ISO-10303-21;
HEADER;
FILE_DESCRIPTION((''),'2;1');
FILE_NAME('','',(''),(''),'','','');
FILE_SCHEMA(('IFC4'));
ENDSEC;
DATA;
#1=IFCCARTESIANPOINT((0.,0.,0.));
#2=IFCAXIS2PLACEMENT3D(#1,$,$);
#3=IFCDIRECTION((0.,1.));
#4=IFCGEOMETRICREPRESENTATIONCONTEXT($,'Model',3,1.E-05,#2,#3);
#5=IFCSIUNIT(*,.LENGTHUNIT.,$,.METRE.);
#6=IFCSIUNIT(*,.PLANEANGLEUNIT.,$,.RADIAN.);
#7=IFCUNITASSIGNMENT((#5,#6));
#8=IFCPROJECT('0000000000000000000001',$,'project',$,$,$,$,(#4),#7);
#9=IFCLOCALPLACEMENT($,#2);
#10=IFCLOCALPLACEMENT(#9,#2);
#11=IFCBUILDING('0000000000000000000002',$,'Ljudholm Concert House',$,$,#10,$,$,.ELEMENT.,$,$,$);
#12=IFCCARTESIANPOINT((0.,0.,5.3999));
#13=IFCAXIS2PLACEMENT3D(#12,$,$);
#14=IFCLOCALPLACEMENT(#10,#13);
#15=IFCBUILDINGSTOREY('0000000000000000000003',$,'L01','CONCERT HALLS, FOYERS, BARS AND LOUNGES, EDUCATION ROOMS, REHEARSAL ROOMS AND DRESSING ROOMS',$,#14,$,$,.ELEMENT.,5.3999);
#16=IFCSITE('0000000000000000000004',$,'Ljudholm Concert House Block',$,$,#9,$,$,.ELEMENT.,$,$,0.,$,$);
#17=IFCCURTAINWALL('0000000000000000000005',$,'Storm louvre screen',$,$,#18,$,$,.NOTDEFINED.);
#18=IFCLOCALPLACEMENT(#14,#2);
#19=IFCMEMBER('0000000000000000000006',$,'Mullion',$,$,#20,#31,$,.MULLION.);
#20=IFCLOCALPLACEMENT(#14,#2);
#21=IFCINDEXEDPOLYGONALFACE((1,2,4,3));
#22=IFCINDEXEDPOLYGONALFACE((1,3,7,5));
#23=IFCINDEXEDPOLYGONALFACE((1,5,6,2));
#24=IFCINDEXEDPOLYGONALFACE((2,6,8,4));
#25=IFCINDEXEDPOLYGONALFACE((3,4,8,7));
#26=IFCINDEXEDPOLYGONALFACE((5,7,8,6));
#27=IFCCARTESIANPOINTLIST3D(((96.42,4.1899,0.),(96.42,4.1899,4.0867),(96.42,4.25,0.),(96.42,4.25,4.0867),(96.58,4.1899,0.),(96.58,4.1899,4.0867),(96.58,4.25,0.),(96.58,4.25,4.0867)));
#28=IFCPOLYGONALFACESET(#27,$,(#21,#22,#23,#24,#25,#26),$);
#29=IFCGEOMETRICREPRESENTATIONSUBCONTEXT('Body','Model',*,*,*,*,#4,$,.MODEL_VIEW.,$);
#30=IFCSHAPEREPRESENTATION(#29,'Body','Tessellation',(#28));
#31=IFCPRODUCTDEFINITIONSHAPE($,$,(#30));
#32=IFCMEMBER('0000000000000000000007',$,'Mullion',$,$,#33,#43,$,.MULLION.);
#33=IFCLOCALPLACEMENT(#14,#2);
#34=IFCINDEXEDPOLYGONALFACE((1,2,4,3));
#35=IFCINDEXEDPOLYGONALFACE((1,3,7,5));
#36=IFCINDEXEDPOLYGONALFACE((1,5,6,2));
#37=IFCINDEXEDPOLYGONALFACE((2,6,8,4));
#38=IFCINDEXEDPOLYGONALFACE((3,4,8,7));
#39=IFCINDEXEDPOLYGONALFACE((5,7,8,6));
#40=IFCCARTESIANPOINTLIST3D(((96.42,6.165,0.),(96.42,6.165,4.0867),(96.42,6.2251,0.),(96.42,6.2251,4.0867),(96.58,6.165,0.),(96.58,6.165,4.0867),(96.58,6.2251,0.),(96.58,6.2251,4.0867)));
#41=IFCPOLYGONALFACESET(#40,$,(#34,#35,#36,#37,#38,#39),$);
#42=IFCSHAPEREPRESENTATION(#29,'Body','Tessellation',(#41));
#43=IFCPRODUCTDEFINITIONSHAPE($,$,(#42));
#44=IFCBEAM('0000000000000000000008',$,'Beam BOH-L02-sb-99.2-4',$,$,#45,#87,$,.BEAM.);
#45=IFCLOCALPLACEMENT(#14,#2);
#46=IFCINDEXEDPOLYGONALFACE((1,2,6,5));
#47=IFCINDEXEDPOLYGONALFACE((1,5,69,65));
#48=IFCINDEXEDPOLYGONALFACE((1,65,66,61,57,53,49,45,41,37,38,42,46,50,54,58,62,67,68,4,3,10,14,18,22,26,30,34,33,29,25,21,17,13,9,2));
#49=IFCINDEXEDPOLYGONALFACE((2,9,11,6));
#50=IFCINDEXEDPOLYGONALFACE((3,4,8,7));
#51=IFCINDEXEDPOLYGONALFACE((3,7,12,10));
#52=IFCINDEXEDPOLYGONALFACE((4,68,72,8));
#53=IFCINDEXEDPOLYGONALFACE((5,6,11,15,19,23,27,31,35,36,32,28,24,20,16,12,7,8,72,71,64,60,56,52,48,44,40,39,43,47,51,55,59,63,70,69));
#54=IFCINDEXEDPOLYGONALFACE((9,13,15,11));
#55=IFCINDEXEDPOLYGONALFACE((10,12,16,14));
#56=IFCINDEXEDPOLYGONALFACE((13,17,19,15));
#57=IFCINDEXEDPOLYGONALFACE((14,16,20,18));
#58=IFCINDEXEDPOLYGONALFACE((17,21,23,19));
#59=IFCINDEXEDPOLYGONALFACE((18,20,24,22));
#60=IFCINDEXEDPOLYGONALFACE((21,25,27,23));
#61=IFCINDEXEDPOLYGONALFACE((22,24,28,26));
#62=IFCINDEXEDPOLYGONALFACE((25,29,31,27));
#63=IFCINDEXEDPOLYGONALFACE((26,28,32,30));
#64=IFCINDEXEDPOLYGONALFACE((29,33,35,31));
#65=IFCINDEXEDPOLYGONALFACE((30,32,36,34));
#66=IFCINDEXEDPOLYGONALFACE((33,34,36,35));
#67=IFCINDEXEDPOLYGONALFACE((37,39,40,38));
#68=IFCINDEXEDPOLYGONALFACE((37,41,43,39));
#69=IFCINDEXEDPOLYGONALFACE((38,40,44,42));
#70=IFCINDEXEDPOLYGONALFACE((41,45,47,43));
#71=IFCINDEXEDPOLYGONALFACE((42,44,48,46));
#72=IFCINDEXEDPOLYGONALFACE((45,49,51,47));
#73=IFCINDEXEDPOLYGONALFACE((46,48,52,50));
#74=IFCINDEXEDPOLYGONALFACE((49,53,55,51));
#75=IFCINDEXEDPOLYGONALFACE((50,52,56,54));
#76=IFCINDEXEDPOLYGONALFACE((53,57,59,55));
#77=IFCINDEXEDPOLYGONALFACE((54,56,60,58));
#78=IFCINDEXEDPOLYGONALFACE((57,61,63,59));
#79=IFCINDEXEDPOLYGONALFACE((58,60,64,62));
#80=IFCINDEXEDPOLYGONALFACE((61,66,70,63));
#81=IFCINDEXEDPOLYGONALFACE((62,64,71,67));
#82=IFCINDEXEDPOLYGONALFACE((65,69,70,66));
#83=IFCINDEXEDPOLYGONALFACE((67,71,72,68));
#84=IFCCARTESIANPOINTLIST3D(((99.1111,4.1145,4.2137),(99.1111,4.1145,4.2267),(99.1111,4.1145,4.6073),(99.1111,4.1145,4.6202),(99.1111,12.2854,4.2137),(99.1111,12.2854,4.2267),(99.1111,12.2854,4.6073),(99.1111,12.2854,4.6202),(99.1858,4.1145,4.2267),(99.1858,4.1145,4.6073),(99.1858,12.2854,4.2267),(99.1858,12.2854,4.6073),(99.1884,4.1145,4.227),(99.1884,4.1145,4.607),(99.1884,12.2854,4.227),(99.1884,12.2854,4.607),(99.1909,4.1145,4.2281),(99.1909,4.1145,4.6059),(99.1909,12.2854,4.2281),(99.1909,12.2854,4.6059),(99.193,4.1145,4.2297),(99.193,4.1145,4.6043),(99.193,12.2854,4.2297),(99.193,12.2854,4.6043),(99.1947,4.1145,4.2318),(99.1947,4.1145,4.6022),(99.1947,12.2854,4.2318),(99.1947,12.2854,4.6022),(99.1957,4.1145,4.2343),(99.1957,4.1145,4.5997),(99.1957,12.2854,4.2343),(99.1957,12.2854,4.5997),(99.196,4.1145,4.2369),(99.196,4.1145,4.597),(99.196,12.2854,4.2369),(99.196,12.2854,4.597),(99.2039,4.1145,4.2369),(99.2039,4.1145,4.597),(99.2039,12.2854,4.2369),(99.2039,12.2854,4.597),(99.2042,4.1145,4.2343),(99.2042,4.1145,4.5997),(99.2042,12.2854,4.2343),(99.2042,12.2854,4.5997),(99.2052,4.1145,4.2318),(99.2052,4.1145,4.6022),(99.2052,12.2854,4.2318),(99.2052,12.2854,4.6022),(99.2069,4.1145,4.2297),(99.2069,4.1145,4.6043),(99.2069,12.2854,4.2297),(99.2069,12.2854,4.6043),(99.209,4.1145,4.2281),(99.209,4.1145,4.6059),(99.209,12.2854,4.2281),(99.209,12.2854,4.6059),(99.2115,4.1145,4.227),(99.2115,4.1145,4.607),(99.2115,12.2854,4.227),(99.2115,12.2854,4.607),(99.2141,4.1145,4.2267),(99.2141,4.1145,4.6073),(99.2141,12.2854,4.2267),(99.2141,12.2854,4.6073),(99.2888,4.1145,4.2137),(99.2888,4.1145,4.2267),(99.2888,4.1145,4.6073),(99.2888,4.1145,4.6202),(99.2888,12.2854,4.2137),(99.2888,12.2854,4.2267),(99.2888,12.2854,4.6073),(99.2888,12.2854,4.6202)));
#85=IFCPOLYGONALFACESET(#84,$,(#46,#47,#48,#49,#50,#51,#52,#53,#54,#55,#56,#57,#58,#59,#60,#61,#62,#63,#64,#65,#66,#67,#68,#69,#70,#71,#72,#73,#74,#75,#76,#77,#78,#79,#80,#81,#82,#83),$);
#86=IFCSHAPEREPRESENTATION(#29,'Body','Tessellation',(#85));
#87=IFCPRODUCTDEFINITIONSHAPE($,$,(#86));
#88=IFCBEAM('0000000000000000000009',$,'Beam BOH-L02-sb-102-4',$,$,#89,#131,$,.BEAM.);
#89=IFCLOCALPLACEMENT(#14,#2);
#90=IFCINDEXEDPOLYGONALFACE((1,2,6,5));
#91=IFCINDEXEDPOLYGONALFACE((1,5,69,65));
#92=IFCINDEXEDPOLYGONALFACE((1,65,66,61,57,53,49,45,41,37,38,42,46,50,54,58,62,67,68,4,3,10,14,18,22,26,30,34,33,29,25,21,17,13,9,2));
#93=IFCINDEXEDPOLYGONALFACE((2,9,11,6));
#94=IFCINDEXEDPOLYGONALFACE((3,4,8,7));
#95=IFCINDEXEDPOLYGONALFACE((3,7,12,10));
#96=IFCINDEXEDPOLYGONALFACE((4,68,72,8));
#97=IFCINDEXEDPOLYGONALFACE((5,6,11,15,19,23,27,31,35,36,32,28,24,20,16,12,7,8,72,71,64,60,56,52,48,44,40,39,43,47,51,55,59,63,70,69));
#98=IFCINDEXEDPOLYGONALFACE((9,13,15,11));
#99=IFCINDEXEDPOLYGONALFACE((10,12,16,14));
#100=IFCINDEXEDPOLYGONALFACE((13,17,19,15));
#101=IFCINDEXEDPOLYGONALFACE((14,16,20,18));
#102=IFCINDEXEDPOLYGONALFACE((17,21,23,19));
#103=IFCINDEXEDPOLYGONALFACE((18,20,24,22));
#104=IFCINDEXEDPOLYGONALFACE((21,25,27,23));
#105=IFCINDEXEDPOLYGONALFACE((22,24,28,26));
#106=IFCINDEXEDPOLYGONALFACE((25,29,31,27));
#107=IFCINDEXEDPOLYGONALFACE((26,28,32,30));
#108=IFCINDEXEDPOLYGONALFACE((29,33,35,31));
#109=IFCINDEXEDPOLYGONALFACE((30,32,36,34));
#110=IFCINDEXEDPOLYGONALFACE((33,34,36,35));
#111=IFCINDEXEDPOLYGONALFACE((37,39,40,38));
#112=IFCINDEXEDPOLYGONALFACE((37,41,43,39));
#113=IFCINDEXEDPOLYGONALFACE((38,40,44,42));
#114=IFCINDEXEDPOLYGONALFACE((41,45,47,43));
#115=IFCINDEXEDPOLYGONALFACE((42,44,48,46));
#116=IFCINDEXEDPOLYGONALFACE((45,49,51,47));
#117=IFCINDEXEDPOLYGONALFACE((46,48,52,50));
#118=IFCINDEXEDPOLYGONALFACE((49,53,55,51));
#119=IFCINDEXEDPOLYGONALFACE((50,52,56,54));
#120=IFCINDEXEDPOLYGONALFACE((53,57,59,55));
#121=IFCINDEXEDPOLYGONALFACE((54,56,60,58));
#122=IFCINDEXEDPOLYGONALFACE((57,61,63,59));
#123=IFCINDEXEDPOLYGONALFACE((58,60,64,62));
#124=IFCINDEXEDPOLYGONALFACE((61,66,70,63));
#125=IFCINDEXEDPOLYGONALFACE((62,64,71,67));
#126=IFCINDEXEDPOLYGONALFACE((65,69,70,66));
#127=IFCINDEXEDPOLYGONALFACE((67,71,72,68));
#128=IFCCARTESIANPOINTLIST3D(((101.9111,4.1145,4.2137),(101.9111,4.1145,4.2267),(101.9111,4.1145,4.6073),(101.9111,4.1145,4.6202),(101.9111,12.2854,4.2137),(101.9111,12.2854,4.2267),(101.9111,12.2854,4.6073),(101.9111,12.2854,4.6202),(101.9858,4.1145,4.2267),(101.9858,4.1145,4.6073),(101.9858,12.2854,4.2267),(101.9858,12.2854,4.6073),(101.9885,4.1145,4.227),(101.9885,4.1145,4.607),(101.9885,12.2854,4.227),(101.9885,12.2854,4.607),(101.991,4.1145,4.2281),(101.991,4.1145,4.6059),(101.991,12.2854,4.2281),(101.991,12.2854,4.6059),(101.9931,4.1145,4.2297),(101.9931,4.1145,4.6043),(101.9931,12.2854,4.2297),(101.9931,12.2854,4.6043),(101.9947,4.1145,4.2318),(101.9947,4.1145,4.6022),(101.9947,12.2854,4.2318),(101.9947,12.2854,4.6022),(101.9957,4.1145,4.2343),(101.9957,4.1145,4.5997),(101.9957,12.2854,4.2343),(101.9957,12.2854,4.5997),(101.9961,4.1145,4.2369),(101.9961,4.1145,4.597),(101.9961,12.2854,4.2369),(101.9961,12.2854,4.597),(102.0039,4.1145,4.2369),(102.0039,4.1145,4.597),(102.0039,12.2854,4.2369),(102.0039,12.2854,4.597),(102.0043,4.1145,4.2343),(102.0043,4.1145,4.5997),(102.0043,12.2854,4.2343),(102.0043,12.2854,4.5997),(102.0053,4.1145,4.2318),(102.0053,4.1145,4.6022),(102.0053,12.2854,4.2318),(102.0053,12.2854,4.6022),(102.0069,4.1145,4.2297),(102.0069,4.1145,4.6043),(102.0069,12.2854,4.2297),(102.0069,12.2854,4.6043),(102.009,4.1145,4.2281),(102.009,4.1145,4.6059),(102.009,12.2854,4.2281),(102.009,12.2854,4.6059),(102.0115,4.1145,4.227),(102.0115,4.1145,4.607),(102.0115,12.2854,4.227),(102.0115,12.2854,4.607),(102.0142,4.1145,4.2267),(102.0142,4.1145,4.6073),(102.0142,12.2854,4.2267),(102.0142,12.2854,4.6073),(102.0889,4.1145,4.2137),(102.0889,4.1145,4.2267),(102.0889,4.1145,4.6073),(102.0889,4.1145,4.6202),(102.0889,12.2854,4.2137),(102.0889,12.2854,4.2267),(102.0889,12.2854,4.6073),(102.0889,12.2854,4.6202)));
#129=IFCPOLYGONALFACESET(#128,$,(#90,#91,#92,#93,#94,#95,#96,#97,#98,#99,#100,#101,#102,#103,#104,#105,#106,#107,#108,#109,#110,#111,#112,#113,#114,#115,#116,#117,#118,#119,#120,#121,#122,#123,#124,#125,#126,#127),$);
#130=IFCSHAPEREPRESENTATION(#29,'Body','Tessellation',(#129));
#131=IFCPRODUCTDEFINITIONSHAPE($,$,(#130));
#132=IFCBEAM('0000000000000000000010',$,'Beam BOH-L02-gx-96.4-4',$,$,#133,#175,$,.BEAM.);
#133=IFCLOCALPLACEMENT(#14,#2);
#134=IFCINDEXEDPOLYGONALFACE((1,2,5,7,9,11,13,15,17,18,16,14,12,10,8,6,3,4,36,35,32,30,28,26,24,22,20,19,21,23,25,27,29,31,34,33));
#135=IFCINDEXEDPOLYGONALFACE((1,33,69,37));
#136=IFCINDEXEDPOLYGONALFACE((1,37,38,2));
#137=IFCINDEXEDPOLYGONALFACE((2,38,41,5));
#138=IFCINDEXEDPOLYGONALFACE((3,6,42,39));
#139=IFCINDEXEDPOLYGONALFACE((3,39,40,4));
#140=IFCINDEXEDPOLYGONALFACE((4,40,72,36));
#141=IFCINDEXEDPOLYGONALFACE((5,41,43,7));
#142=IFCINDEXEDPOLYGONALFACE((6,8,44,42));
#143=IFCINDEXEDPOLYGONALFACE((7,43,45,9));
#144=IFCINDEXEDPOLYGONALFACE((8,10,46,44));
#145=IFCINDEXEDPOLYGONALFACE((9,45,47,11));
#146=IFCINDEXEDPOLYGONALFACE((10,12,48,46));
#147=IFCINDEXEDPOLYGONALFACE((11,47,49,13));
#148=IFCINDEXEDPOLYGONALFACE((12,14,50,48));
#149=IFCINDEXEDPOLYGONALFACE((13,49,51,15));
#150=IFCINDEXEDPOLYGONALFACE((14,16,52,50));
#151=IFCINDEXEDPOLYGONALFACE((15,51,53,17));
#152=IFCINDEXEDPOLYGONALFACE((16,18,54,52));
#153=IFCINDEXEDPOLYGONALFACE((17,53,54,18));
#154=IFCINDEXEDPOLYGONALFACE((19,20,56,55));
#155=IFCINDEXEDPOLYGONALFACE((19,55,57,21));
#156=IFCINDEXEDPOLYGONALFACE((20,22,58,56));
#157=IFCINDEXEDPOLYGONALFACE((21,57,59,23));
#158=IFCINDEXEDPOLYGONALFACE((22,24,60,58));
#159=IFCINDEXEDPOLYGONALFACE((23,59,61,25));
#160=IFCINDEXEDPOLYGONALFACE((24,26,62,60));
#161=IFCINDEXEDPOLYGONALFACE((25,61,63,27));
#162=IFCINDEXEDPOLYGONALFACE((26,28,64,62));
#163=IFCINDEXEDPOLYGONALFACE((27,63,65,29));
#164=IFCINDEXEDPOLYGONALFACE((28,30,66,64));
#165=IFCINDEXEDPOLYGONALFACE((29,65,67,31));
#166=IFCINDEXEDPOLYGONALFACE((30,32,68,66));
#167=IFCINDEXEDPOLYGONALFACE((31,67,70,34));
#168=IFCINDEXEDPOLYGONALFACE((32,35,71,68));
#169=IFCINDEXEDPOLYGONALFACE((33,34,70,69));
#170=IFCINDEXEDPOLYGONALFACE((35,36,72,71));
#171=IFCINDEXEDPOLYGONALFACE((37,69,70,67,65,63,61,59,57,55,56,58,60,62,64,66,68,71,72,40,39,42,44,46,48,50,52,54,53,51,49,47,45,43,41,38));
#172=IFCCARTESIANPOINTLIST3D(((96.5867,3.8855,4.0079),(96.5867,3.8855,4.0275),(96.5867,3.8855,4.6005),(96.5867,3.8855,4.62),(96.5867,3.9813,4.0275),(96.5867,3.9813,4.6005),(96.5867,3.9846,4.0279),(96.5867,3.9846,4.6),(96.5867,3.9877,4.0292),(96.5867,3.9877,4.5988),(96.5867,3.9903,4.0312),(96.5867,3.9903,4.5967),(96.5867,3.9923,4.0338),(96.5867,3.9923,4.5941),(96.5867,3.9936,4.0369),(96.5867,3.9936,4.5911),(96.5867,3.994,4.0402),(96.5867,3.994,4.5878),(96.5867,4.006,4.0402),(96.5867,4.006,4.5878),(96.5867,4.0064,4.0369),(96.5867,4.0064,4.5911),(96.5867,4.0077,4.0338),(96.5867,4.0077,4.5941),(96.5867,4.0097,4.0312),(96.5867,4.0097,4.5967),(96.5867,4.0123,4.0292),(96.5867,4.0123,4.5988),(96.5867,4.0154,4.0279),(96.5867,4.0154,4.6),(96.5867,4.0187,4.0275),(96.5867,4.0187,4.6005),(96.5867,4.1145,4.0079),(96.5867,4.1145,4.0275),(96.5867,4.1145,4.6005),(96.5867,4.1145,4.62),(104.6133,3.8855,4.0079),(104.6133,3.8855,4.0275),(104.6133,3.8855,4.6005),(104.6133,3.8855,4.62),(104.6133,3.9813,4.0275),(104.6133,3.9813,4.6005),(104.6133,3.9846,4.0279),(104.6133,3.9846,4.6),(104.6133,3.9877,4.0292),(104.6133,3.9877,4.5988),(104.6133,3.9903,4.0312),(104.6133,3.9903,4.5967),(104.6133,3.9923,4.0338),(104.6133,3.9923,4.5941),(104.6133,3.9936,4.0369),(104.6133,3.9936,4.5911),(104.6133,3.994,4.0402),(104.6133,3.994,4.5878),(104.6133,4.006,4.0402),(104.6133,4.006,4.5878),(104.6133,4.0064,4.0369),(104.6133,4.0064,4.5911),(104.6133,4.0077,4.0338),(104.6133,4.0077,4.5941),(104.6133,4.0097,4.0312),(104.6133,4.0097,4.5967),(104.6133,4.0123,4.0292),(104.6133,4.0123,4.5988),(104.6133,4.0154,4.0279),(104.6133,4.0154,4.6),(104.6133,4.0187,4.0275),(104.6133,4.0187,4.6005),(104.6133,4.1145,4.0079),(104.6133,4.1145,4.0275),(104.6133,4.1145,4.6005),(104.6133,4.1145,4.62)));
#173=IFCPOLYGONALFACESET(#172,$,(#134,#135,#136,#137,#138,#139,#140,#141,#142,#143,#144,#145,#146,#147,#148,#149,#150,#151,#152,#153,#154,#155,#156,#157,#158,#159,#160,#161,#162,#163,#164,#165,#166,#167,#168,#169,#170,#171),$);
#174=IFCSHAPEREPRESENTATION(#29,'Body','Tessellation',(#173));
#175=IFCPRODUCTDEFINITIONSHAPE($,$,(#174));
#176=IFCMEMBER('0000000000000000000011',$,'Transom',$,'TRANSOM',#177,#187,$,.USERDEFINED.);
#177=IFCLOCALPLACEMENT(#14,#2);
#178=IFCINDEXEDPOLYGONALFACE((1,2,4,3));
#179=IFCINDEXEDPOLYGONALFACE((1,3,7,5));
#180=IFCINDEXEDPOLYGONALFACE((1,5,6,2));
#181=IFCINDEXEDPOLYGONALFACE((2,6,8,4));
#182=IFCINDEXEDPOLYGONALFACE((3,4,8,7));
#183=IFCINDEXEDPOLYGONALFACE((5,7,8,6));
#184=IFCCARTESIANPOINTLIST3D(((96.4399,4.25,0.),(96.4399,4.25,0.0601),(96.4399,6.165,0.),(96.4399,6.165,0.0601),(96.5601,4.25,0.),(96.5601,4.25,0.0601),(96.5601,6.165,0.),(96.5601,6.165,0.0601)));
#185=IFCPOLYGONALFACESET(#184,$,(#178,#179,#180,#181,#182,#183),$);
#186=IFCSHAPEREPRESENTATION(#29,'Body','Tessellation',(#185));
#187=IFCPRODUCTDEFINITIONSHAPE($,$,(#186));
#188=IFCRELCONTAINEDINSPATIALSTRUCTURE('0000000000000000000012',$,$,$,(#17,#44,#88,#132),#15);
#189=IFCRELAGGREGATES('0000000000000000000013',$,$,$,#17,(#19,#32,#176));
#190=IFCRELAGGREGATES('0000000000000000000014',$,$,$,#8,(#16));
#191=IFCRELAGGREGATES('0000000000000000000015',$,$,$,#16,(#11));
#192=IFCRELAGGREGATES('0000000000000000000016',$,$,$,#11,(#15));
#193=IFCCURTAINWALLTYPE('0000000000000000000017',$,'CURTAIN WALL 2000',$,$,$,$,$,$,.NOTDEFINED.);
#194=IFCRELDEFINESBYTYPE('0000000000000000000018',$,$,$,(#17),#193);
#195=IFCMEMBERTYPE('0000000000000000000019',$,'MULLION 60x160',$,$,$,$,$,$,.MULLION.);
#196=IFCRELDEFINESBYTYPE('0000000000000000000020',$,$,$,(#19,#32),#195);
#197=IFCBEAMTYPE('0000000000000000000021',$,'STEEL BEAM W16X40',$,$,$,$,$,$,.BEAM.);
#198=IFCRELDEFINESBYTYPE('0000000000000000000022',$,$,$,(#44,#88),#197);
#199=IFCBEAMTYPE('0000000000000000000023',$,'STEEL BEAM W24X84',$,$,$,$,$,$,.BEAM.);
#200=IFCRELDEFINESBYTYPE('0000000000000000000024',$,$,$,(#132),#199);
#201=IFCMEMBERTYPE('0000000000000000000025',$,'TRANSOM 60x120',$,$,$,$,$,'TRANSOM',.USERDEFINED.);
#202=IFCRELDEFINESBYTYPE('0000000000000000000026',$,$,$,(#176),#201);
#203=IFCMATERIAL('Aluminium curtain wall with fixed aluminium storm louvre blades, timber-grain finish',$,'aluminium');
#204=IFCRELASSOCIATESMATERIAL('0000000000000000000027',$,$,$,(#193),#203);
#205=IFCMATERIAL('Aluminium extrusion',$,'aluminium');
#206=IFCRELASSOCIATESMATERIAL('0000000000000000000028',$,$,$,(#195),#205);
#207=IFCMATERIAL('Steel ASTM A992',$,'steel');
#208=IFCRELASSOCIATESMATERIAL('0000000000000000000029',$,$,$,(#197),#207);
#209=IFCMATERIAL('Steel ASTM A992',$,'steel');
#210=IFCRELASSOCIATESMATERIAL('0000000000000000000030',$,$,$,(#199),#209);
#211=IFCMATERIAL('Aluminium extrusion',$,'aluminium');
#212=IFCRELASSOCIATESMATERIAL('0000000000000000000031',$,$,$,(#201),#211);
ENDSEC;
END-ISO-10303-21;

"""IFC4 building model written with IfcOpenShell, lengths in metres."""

from ifc_helpers import new_model, si_unit, direction, frame, origin, origin_2d, place, context, subcontext, project, spatial, rectangle, i_section, extrude, material, material_profile, profile_set, type_object, element, aggregate, save


model = new_model("IFC4")

# Units and contexts
model_context = context("Model", 3, precision=1e-05, world=origin(), true_north=direction((0.0, 1.0)))
body_context = subcontext(model_context, "Body", "Model", "MODEL_VIEW")
ifc_project = project(units=[si_unit("LENGTHUNIT", "METRE"), si_unit("PLANEANGLEUNIT", "RADIAN")], contexts=[model_context])

# Site, building, storey
site_placement = place(None, origin())
site = spatial("IfcSite", under=ifc_project, at=site_placement, Name="Ljudholm Concert House Block", CompositionType="ELEMENT", RefElevation=0.0)
building_placement = place(site_placement, origin())
building = spatial("IfcBuilding", under=site, at=building_placement, Name="Ljudholm Concert House", CompositionType="ELEMENT")
storey_placement = place(building_placement, frame((0.0, 0.0, 5.3999)))
storey = spatial("IfcBuildingStorey", under=building, at=storey_placement, Name="L01", Description="CONCERT HALLS, FOYERS, BARS AND LOUNGES, EDUCATION ROOMS, REHEARSAL ROOMS AND DRESSING ROOMS", CompositionType="ELEMENT", Elevation=5.3999)

# Curtain wall, members
ifc_material_1 = material(Name="Aluminium curtain wall with fixed aluminium storm louvre blades, timber-grain finish", Category="aluminium")
curtain_wall_type = type_object("IfcCurtainWallType", Name="CURTAIN WALL 2000", PredefinedType="NOTDEFINED", material=ifc_material_1)
curtain_wall_placement = place(storey_placement, origin())
curtain_wall = element("IfcCurtainWall", 1, at=curtain_wall_placement, inside=storey, type_object=curtain_wall_type, Name="Storm louvre screen", PredefinedType="NOTDEFINED")
ifc_material_2 = material(Name="Aluminium extrusion", Category="aluminium")
ifc_material_profile_1 = material_profile(ifc_material_2, rectangle(XDim=0.1599, YDim=0.0601, at=origin_2d()), Name="MULLION 60x160")
ifc_profile_set_1 = profile_set([ifc_material_profile_1], Name="Aluminium extrusion")
member_type_1 = type_object("IfcMemberType", Name="MULLION 60x160", PredefinedType="MULLION", material=ifc_profile_set_1)
member_1_placement = place(storey_placement, frame((96.5, 4.22, 0.0), z_axis=(0.0, 0.0, 1.0), x_axis=(-1.0, 0.0, 0.0)))
member_1 = element("IfcMember", 2, at=member_1_placement, type_object=member_type_1, Name="Mullion", PredefinedType="MULLION", context=body_context, shape_type="SweptSolid", body=[
    extrude(rectangle(XDim=0.1599, YDim=0.0601, at=origin_2d()), origin(), (0.0, 0.0, 1.0), 4.0867),
])
member_2_placement = place(storey_placement, frame((96.5, 6.1951, 0.0), z_axis=(0.0, 0.0, 1.0), x_axis=(-1.0, 0.0, 0.0)))
member_2 = element("IfcMember", 3, at=member_2_placement, type_object=member_type_1, Name="Mullion", PredefinedType="MULLION", context=body_context, shape_type="SweptSolid", body=[
    extrude(rectangle(XDim=0.1599, YDim=0.0601, at=origin_2d()), origin(), (0.0, 0.0, 1.0), 4.0867),
])

# Beams
ifc_material_3 = material(Name="Steel ASTM A992", Category="steel")
ifc_material_profile_2 = material_profile(ifc_material_3, i_section(OverallWidth=0.1777, OverallDepth=0.4065, WebThickness=0.0078, FlangeThickness=0.0129, FilletRadius=0.0103, at=origin_2d()), Name="W16X40")
ifc_profile_set_2 = profile_set([ifc_material_profile_2], Name="Steel ASTM A992")
beam_type_1 = type_object("IfcBeamType", Name="STEEL BEAM W16X40", PredefinedType="BEAM", material=ifc_profile_set_2)
for number, where, z_axis, x_axis, name in (
    (4, (99.2, 4.1145, 4.417), (0.0, 1.0, 0.0), (-1.0, 0.0, 0.0), "Beam BOH-L02-sb-99.2-4"),
    (5, (102.0, 4.1145, 4.417), (0.0, 1.0, 0.0), (-1.0, 0.0, 0.0), "Beam BOH-L02-sb-102-4"),
):
    element("IfcBeam", number, at=place(storey_placement, frame(where, z_axis=z_axis, x_axis=x_axis)), inside=storey, type_object=beam_type_1, Name=name, PredefinedType="BEAM", context=body_context, shape_type="SweptSolid", body=[
        extrude(i_section(OverallWidth=0.1777, OverallDepth=0.4065, WebThickness=0.0078, FlangeThickness=0.0129, FilletRadius=0.0103, at=origin_2d()), origin(), (0.0, 0.0, 1.0), 8.1709),
    ])
ifc_material_4 = material(Name="Steel ASTM A992", Category="steel")
ifc_material_profile_3 = material_profile(ifc_material_4, i_section(OverallWidth=0.229, OverallDepth=0.6121, WebThickness=0.012, FlangeThickness=0.0195, FilletRadius=0.0127, at=origin_2d()), Name="W24X84")
ifc_profile_set_3 = profile_set([ifc_material_profile_3], Name="Steel ASTM A992")
beam_type_2 = type_object("IfcBeamType", Name="STEEL BEAM W24X84", PredefinedType="BEAM", material=ifc_profile_set_3)
beam_placement = place(storey_placement, frame((96.5867, 4.0, 4.314), z_axis=(1.0, 0.0, 0.0), x_axis=(0.0, 1.0, 0.0)))
element("IfcBeam", 6, at=beam_placement, inside=storey, type_object=beam_type_2, Name="Beam BOH-L02-gx-96.4-4", PredefinedType="BEAM", context=body_context, shape_type="SweptSolid", body=[
    extrude(i_section(OverallWidth=0.229, OverallDepth=0.6121, WebThickness=0.012, FlangeThickness=0.0195, FilletRadius=0.0127, at=origin_2d()), origin(), (0.0, 0.0, 1.0), 8.0266),
])

# Member
ifc_material_5 = material(Name="Aluminium extrusion", Category="aluminium")
ifc_material_profile_4 = material_profile(ifc_material_5, rectangle(XDim=0.1201, YDim=0.0601, at=origin_2d()), Name="TRANSOM 60x120")
ifc_profile_set_4 = profile_set([ifc_material_profile_4], Name="Aluminium extrusion")
member_type_2 = type_object("IfcMemberType", Name="TRANSOM 60x120", ElementType="TRANSOM", PredefinedType="USERDEFINED", material=ifc_profile_set_4)
member_3_placement = place(storey_placement, frame((96.5, 4.25, 0.03), z_axis=(0.0, 1.0, 0.0), x_axis=(-1.0, 0.0, 0.0)))
member_3 = element("IfcMember", 7, at=member_3_placement, type_object=member_type_2, Name="Transom", ObjectType="TRANSOM", PredefinedType="USERDEFINED", context=body_context, shape_type="SweptSolid", body=[
    extrude(rectangle(XDim=0.1201, YDim=0.0601, at=origin_2d()), origin(), (0.0, 0.0, 1.0), 1.915),
])

aggregate(curtain_wall, [member_1, member_2, member_3])

save(model, "model.ifc")
